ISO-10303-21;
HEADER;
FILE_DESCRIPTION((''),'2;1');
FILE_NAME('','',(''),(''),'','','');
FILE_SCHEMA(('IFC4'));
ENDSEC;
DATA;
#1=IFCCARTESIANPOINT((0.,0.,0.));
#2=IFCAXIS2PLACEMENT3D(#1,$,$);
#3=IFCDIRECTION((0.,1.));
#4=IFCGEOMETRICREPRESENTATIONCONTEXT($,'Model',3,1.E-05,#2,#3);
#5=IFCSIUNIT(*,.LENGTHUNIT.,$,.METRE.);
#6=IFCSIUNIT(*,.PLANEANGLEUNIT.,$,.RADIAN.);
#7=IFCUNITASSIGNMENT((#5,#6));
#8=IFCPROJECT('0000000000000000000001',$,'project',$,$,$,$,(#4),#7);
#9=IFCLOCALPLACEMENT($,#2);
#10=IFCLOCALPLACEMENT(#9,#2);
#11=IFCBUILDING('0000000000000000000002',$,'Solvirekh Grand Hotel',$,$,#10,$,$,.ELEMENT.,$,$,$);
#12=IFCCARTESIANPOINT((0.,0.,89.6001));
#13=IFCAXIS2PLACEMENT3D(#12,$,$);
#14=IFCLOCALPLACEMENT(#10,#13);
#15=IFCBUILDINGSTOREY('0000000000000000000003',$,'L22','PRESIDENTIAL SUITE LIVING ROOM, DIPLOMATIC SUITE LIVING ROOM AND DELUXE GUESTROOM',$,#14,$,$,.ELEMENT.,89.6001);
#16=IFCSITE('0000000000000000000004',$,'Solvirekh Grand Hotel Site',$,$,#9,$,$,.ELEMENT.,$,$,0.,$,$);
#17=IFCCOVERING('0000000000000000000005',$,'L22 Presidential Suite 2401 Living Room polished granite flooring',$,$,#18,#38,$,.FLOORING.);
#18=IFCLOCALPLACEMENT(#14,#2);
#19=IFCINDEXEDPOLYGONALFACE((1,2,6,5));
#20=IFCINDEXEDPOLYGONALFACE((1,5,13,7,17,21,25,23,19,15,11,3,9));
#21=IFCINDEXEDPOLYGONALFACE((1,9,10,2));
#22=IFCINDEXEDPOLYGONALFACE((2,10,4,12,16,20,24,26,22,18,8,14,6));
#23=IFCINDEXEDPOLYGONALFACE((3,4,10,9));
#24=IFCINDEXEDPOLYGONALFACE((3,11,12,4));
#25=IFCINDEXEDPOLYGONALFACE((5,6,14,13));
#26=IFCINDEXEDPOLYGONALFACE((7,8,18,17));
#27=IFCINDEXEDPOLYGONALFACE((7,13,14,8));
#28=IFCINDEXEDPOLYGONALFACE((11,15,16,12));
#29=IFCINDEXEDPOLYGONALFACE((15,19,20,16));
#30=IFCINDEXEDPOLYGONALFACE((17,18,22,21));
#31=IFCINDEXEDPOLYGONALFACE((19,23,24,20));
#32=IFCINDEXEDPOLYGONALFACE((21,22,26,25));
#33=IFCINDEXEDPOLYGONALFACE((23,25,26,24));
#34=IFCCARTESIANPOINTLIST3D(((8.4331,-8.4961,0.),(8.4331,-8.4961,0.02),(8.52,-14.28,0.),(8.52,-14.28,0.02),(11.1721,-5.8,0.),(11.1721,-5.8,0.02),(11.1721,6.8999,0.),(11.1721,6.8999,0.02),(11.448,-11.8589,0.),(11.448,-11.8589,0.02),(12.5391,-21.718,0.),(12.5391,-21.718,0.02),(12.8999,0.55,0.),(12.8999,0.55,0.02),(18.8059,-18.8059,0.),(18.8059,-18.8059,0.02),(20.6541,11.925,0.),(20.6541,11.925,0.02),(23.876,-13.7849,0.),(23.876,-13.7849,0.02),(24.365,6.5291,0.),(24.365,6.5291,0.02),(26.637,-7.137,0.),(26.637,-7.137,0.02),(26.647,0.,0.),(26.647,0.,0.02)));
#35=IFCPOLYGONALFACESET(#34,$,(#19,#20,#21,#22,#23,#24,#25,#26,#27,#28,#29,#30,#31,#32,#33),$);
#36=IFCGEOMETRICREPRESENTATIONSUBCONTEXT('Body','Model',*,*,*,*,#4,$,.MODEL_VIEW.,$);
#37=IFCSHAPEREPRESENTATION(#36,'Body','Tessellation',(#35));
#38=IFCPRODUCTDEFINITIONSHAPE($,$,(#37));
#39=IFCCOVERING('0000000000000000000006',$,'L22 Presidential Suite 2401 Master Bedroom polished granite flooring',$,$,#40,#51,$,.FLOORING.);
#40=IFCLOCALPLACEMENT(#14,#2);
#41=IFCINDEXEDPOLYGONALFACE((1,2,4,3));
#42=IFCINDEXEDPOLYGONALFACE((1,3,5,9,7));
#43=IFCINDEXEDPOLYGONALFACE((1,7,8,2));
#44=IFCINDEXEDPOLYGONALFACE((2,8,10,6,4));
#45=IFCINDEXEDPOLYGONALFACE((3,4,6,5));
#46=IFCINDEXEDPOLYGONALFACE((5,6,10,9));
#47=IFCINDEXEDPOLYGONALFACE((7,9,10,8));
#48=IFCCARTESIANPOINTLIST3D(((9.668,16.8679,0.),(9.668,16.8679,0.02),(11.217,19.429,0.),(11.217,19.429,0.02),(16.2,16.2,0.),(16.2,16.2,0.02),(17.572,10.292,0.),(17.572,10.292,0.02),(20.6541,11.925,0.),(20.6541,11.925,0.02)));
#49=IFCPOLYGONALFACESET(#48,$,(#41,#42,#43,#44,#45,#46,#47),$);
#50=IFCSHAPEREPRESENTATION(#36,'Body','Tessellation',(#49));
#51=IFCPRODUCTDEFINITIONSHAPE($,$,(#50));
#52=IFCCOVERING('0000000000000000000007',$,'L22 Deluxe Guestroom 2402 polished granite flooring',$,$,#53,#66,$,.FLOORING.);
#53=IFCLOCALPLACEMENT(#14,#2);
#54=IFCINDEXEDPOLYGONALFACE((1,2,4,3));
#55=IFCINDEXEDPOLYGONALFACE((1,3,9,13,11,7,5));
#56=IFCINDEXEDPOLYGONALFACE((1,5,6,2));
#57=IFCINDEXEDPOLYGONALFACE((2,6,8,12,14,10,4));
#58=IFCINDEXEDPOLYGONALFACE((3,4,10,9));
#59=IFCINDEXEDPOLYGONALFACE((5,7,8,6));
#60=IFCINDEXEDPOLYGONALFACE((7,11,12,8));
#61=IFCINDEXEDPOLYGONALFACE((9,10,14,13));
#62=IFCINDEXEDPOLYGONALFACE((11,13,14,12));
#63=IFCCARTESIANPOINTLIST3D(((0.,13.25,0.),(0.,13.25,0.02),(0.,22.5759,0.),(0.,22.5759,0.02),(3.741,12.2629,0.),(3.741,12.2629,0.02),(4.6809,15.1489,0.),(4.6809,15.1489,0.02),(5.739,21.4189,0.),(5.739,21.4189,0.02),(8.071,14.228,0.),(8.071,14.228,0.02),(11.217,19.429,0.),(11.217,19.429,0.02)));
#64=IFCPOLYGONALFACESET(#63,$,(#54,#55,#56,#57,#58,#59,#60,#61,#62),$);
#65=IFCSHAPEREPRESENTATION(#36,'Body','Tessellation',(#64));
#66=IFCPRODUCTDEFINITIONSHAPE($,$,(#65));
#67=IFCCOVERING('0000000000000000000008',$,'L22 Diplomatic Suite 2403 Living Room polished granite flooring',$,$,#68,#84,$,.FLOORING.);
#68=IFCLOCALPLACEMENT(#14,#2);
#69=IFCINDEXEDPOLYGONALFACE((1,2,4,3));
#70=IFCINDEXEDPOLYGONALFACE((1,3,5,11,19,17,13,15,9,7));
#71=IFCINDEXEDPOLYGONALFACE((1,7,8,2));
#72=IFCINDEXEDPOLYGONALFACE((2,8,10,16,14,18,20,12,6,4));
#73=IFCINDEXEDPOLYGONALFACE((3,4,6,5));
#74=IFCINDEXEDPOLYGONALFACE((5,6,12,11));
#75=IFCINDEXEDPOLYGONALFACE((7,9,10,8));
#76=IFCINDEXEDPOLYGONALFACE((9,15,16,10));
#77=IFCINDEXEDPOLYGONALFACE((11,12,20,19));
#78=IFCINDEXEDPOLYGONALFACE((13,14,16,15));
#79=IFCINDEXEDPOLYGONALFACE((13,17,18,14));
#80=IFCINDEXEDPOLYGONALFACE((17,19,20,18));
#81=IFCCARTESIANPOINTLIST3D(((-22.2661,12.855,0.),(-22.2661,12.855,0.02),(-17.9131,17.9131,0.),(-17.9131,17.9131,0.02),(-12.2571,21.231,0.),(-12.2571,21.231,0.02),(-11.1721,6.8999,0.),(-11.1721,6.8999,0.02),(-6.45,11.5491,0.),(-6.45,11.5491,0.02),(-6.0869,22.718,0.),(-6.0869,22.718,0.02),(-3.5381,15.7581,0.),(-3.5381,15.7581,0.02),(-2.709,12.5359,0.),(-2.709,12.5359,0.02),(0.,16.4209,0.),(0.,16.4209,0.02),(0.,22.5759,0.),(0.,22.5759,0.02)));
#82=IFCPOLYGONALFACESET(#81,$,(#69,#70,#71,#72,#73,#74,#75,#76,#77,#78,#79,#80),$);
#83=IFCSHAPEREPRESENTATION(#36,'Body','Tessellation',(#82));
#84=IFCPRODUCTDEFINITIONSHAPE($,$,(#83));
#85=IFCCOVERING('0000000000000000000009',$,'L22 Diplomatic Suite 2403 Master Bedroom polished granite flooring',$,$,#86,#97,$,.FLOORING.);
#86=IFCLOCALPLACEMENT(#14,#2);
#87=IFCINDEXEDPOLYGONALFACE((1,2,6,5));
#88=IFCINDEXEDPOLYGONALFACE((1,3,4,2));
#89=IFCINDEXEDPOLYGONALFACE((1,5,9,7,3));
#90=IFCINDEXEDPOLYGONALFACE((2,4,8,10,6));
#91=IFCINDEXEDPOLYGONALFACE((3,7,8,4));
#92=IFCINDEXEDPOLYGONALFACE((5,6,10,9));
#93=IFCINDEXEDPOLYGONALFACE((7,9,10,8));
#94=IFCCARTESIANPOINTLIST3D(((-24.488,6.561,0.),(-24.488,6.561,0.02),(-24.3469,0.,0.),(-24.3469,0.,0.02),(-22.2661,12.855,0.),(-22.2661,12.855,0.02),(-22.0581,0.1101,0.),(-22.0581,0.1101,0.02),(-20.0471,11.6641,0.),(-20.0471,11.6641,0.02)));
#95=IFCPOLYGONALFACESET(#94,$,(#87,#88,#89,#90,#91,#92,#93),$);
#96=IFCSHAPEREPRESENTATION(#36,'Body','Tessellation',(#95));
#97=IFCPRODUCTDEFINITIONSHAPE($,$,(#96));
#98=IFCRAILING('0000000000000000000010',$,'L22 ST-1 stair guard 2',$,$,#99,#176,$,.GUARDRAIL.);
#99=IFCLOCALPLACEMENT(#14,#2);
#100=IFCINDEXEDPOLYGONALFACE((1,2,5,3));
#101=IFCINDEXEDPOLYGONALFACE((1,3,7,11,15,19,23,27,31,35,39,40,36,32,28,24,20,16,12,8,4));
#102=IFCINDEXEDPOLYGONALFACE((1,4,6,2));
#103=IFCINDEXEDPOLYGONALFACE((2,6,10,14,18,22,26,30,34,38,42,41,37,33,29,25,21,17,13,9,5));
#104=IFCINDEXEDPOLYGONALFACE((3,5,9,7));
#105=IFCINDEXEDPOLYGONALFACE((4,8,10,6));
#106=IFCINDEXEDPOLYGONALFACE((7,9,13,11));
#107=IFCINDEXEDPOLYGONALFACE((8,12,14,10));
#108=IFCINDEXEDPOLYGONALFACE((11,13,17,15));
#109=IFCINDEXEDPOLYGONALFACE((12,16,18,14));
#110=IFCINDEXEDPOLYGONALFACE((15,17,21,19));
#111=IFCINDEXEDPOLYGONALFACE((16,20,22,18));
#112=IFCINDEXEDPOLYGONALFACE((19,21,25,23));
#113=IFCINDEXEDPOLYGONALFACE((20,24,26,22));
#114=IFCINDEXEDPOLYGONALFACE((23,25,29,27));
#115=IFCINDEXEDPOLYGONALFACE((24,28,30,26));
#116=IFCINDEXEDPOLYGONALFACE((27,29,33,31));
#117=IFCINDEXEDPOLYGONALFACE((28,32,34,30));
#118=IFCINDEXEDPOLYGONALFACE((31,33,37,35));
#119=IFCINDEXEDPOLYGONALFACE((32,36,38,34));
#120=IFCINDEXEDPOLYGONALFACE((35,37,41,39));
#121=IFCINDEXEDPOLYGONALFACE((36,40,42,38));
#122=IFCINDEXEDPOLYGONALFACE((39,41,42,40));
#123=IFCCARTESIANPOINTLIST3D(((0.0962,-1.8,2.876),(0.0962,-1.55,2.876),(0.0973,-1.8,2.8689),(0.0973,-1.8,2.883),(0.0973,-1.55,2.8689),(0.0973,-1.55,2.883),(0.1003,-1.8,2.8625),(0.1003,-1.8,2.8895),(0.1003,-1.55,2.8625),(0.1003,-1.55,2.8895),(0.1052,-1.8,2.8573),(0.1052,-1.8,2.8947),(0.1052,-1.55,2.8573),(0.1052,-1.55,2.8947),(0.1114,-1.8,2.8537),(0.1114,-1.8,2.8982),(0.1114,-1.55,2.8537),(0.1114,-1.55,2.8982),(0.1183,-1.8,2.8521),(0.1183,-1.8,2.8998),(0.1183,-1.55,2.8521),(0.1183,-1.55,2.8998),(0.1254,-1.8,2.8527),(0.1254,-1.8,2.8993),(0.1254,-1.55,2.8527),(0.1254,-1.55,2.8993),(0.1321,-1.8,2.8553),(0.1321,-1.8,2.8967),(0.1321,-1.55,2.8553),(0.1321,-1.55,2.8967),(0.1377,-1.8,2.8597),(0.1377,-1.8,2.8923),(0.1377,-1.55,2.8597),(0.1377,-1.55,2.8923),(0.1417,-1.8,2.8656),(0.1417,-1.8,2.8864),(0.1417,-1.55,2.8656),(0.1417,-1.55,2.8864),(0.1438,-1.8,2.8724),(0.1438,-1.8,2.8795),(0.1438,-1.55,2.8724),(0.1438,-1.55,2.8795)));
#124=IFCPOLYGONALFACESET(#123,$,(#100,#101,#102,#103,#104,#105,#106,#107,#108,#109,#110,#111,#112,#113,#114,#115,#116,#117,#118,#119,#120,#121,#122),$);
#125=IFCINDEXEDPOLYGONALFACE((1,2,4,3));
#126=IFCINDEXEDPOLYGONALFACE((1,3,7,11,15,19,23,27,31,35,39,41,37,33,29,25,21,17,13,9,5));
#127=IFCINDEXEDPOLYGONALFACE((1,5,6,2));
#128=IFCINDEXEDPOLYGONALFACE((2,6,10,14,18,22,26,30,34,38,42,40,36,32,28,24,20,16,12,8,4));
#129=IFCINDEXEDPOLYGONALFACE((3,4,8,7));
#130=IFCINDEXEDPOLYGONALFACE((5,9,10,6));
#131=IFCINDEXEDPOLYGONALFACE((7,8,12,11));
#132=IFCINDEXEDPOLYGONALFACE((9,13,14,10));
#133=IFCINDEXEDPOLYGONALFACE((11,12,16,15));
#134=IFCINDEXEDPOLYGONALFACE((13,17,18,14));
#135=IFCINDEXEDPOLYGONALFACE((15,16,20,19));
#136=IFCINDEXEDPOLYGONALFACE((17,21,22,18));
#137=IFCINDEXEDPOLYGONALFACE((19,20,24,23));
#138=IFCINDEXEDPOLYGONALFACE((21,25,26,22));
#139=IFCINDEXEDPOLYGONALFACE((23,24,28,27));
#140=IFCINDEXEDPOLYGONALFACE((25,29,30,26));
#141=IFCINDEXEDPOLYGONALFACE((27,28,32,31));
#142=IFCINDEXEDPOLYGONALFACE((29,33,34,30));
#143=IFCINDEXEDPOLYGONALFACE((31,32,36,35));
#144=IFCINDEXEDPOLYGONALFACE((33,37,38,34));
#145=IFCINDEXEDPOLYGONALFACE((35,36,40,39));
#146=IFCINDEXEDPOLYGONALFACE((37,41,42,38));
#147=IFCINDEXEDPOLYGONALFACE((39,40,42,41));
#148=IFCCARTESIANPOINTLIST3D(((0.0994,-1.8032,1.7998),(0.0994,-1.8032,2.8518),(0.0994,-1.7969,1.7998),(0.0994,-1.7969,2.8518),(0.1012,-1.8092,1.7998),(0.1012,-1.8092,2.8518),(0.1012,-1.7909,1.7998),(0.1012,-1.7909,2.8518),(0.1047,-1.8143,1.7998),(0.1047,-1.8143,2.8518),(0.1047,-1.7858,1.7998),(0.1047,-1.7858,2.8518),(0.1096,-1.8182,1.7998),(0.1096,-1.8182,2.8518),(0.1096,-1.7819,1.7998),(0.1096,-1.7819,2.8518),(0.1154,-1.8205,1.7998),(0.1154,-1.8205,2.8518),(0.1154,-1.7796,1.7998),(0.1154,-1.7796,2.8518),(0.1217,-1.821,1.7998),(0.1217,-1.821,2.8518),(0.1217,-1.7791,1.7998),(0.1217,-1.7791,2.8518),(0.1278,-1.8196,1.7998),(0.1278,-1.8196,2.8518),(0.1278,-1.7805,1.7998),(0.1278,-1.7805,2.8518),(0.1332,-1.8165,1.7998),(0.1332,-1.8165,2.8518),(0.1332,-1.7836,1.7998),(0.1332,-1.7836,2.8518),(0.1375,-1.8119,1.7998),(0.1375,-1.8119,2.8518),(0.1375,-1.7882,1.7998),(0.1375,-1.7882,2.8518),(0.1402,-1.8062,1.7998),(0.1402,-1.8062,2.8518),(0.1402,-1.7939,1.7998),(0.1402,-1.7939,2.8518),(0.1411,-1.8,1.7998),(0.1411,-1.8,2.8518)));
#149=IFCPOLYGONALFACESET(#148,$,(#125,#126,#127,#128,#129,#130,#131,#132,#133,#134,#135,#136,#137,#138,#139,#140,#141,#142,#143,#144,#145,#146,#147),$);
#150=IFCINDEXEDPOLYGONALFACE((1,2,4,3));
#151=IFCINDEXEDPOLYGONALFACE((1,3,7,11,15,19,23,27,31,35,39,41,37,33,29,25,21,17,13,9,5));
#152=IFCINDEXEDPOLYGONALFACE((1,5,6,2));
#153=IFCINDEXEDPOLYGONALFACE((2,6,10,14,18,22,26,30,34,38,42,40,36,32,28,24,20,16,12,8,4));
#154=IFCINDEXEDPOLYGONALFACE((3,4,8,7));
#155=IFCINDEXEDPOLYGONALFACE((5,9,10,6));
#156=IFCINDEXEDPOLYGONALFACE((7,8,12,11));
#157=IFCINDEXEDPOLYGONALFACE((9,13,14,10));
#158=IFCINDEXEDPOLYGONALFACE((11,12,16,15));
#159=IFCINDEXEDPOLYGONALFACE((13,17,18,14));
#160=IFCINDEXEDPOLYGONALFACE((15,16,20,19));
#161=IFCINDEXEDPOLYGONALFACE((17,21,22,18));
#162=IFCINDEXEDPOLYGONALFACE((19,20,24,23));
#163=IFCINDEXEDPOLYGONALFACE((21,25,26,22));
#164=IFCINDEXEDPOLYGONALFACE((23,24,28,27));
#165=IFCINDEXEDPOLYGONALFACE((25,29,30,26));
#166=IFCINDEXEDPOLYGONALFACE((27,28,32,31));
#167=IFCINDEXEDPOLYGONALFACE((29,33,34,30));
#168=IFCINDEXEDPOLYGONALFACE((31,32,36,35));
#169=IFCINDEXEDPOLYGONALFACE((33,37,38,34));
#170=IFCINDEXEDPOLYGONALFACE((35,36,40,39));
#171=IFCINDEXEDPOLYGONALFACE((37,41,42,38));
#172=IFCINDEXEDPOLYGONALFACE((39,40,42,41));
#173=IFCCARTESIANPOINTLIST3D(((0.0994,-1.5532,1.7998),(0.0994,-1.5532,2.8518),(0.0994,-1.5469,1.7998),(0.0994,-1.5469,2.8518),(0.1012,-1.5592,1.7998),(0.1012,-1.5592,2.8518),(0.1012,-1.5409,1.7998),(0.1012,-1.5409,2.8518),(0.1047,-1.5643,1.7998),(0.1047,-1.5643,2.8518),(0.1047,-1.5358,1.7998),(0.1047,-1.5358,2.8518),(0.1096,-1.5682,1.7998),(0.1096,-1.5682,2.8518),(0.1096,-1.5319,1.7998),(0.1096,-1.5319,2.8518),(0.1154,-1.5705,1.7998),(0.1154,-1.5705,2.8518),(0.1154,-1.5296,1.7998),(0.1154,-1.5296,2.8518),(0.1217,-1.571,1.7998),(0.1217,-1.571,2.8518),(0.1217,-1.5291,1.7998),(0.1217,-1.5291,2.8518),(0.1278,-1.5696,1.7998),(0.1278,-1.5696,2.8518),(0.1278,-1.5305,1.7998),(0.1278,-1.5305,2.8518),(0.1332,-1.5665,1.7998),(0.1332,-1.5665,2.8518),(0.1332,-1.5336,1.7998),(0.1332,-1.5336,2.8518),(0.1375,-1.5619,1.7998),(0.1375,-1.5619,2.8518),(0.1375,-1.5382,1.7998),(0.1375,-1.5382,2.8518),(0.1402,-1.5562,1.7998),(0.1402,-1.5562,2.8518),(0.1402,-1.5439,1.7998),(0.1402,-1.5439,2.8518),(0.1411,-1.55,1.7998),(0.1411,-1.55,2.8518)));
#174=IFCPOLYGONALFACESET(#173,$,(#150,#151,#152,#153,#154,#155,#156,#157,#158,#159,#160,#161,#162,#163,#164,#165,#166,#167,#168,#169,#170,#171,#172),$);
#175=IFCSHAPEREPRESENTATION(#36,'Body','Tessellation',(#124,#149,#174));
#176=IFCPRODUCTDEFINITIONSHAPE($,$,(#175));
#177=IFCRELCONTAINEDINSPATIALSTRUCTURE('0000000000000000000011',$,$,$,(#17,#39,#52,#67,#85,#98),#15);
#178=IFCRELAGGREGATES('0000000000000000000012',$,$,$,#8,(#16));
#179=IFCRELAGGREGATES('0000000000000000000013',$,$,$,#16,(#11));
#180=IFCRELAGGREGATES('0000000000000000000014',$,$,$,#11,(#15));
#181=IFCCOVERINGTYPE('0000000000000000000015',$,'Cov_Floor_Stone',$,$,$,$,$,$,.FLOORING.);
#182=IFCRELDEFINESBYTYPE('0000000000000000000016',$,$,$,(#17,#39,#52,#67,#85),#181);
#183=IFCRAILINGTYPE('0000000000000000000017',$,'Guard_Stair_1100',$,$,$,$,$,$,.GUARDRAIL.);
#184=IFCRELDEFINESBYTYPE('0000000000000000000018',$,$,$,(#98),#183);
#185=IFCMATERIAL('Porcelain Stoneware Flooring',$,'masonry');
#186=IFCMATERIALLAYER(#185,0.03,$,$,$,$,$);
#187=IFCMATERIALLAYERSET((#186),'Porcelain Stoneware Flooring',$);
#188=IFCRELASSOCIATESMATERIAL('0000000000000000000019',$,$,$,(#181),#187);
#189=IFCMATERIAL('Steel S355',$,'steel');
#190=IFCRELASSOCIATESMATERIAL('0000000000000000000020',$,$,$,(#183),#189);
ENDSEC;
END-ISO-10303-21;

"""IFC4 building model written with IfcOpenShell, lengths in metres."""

from ifc_helpers import new_model, si_unit, direction, frame, origin, origin_2d, place, context, subcontext, project, spatial, polyline, circle, outline, extrude, material, layer, layer_set, type_object, element, save


model = new_model("IFC4")

# Units and contexts
model_context = context("Model", 3, precision=1e-05, world=origin(), true_north=direction((0.0, 1.0)))
body_context = subcontext(model_context, "Body", "Model", "MODEL_VIEW")
ifc_project = project(units=[si_unit("LENGTHUNIT", "METRE"), si_unit("PLANEANGLEUNIT", "RADIAN")], contexts=[model_context])

# Site, building, storey
site_placement = place(None, origin())
site = spatial("IfcSite", under=ifc_project, at=site_placement, Name="Solvirekh Grand Hotel Site", CompositionType="ELEMENT", RefElevation=0.0)
building_placement = place(site_placement, origin())
building = spatial("IfcBuilding", under=site, at=building_placement, Name="Solvirekh Grand Hotel", CompositionType="ELEMENT")
storey_placement = place(building_placement, frame((0.0, 0.0, 89.6001)))
storey = spatial("IfcBuildingStorey", under=building, at=storey_placement, Name="L22", Description="PRESIDENTIAL SUITE LIVING ROOM, DIPLOMATIC SUITE LIVING ROOM AND DELUXE GUESTROOM", CompositionType="ELEMENT", Elevation=89.6001)

# Coverings
ifc_material_1 = material(Name="Porcelain Stoneware Flooring", Category="masonry")
ifc_layer_1 = layer(ifc_material_1, 0.03)
ifc_layer_set_1 = layer_set([ifc_layer_1], Name="Porcelain Stoneware Flooring")
covering_type_1 = type_object("IfcCoveringType", Name="Cov_Floor_Stone", PredefinedType="FLOORING", material=ifc_layer_set_1)
covering_1_placement = place(storey_placement, origin())
element("IfcCovering", 1, at=covering_1_placement, inside=storey, type_object=covering_type_1, Name="L22 Presidential Suite 2401 Living Room polished granite flooring", PredefinedType="FLOORING", context=body_context, shape_type="SweptSolid", body=[
    extrude(outline(polyline([(11.448, -11.8589), (8.52, -14.28), (12.5391, -21.718), (18.8059, -18.8059), (23.876, -13.7849), (26.637, -7.137), (26.647, 0.0), (24.365, 6.5291), (20.6541, 11.925), (11.1721, 6.8999), (12.8999, 0.55), (11.1721, -5.8), (8.4331, -8.4961), (11.448, -11.8589)])), origin(), (0.0, 0.0, 1.0), 0.02),
])
covering_2_placement = place(storey_placement, origin())
element("IfcCovering", 2, at=covering_2_placement, inside=storey, type_object=covering_type_1, Name="L22 Presidential Suite 2401 Master Bedroom polished granite flooring", PredefinedType="FLOORING", context=body_context, shape_type="SweptSolid", body=[
    extrude(outline(polyline([(20.6541, 11.925), (16.2, 16.2), (11.217, 19.429), (9.668, 16.8679), (17.572, 10.292), (20.6541, 11.925)])), origin(), (0.0, 0.0, 1.0), 0.02),
])
covering_3_placement = place(storey_placement, origin())
element("IfcCovering", 3, at=covering_3_placement, inside=storey, type_object=covering_type_1, Name="L22 Deluxe Guestroom 2402 polished granite flooring", PredefinedType="FLOORING", context=body_context, shape_type="SweptSolid", body=[
    extrude(outline(polyline([(4.6809, 15.1489), (8.071, 14.228), (11.217, 19.429), (5.739, 21.4189), (0.0, 22.5759), (0.0, 13.25), (3.741, 12.2629), (4.6809, 15.1489)])), origin(), (0.0, 0.0, 1.0), 0.02),
])
covering_4_placement = place(storey_placement, origin())
element("IfcCovering", 4, at=covering_4_placement, inside=storey, type_object=covering_type_1, Name="L22 Diplomatic Suite 2403 Living Room polished granite flooring", PredefinedType="FLOORING", context=body_context, shape_type="SweptSolid", body=[
    extrude(outline(polyline([(-3.5381, 15.7581), (0.0, 16.4209), (0.0, 22.5759), (-6.0869, 22.718), (-12.2571, 21.231), (-17.9131, 17.9131), (-22.2661, 12.855), (-11.1721, 6.8999), (-6.45, 11.5491), (-2.709, 12.5359), (-3.5381, 15.7581)])), origin(), (0.0, 0.0, 1.0), 0.02),
])
covering_5_placement = place(storey_placement, origin())
element("IfcCovering", 5, at=covering_5_placement, inside=storey, type_object=covering_type_1, Name="L22 Diplomatic Suite 2403 Master Bedroom polished granite flooring", PredefinedType="FLOORING", context=body_context, shape_type="SweptSolid", body=[
    extrude(outline(polyline([(-22.2661, 12.855), (-24.488, 6.561), (-24.3469, 0.0), (-22.0581, 0.1101), (-20.0471, 11.6641), (-22.2661, 12.855)])), origin(), (0.0, 0.0, 1.0), 0.02),
])

# Railing
ifc_material_2 = material(Name="Steel S355", Category="steel")
railing_type_1 = type_object("IfcRailingType", Name="Guard_Stair_1100", PredefinedType="GUARDRAIL", material=ifc_material_2)
railing_1_placement = place(storey_placement, frame((0.1201, -1.8, 1.7998)))
element("IfcRailing", 6, at=railing_1_placement, inside=storey, type_object=railing_type_1, Name="L22 ST-1 stair guard 2", PredefinedType="GUARDRAIL", context=body_context, shape_type="SweptSolid", body=[
    extrude(circle(Radius=0.0239, at=origin_2d()), frame((0.0, 0.0, 1.0762), z_axis=(0.0, 1.0, 0.0), x_axis=(-1.0, 0.0, 0.0)), (0.0, 0.0, 1.0), 0.25),
    extrude(circle(Radius=0.021, at=origin_2d()), origin(), (0.0, 0.0, 1.0), 1.052),
    extrude(circle(Radius=0.021, at=origin_2d()), frame((0.0, 0.25, 0.0)), (0.0, 0.0, 1.0), 1.052),
])

save(model, "model.ifc")
